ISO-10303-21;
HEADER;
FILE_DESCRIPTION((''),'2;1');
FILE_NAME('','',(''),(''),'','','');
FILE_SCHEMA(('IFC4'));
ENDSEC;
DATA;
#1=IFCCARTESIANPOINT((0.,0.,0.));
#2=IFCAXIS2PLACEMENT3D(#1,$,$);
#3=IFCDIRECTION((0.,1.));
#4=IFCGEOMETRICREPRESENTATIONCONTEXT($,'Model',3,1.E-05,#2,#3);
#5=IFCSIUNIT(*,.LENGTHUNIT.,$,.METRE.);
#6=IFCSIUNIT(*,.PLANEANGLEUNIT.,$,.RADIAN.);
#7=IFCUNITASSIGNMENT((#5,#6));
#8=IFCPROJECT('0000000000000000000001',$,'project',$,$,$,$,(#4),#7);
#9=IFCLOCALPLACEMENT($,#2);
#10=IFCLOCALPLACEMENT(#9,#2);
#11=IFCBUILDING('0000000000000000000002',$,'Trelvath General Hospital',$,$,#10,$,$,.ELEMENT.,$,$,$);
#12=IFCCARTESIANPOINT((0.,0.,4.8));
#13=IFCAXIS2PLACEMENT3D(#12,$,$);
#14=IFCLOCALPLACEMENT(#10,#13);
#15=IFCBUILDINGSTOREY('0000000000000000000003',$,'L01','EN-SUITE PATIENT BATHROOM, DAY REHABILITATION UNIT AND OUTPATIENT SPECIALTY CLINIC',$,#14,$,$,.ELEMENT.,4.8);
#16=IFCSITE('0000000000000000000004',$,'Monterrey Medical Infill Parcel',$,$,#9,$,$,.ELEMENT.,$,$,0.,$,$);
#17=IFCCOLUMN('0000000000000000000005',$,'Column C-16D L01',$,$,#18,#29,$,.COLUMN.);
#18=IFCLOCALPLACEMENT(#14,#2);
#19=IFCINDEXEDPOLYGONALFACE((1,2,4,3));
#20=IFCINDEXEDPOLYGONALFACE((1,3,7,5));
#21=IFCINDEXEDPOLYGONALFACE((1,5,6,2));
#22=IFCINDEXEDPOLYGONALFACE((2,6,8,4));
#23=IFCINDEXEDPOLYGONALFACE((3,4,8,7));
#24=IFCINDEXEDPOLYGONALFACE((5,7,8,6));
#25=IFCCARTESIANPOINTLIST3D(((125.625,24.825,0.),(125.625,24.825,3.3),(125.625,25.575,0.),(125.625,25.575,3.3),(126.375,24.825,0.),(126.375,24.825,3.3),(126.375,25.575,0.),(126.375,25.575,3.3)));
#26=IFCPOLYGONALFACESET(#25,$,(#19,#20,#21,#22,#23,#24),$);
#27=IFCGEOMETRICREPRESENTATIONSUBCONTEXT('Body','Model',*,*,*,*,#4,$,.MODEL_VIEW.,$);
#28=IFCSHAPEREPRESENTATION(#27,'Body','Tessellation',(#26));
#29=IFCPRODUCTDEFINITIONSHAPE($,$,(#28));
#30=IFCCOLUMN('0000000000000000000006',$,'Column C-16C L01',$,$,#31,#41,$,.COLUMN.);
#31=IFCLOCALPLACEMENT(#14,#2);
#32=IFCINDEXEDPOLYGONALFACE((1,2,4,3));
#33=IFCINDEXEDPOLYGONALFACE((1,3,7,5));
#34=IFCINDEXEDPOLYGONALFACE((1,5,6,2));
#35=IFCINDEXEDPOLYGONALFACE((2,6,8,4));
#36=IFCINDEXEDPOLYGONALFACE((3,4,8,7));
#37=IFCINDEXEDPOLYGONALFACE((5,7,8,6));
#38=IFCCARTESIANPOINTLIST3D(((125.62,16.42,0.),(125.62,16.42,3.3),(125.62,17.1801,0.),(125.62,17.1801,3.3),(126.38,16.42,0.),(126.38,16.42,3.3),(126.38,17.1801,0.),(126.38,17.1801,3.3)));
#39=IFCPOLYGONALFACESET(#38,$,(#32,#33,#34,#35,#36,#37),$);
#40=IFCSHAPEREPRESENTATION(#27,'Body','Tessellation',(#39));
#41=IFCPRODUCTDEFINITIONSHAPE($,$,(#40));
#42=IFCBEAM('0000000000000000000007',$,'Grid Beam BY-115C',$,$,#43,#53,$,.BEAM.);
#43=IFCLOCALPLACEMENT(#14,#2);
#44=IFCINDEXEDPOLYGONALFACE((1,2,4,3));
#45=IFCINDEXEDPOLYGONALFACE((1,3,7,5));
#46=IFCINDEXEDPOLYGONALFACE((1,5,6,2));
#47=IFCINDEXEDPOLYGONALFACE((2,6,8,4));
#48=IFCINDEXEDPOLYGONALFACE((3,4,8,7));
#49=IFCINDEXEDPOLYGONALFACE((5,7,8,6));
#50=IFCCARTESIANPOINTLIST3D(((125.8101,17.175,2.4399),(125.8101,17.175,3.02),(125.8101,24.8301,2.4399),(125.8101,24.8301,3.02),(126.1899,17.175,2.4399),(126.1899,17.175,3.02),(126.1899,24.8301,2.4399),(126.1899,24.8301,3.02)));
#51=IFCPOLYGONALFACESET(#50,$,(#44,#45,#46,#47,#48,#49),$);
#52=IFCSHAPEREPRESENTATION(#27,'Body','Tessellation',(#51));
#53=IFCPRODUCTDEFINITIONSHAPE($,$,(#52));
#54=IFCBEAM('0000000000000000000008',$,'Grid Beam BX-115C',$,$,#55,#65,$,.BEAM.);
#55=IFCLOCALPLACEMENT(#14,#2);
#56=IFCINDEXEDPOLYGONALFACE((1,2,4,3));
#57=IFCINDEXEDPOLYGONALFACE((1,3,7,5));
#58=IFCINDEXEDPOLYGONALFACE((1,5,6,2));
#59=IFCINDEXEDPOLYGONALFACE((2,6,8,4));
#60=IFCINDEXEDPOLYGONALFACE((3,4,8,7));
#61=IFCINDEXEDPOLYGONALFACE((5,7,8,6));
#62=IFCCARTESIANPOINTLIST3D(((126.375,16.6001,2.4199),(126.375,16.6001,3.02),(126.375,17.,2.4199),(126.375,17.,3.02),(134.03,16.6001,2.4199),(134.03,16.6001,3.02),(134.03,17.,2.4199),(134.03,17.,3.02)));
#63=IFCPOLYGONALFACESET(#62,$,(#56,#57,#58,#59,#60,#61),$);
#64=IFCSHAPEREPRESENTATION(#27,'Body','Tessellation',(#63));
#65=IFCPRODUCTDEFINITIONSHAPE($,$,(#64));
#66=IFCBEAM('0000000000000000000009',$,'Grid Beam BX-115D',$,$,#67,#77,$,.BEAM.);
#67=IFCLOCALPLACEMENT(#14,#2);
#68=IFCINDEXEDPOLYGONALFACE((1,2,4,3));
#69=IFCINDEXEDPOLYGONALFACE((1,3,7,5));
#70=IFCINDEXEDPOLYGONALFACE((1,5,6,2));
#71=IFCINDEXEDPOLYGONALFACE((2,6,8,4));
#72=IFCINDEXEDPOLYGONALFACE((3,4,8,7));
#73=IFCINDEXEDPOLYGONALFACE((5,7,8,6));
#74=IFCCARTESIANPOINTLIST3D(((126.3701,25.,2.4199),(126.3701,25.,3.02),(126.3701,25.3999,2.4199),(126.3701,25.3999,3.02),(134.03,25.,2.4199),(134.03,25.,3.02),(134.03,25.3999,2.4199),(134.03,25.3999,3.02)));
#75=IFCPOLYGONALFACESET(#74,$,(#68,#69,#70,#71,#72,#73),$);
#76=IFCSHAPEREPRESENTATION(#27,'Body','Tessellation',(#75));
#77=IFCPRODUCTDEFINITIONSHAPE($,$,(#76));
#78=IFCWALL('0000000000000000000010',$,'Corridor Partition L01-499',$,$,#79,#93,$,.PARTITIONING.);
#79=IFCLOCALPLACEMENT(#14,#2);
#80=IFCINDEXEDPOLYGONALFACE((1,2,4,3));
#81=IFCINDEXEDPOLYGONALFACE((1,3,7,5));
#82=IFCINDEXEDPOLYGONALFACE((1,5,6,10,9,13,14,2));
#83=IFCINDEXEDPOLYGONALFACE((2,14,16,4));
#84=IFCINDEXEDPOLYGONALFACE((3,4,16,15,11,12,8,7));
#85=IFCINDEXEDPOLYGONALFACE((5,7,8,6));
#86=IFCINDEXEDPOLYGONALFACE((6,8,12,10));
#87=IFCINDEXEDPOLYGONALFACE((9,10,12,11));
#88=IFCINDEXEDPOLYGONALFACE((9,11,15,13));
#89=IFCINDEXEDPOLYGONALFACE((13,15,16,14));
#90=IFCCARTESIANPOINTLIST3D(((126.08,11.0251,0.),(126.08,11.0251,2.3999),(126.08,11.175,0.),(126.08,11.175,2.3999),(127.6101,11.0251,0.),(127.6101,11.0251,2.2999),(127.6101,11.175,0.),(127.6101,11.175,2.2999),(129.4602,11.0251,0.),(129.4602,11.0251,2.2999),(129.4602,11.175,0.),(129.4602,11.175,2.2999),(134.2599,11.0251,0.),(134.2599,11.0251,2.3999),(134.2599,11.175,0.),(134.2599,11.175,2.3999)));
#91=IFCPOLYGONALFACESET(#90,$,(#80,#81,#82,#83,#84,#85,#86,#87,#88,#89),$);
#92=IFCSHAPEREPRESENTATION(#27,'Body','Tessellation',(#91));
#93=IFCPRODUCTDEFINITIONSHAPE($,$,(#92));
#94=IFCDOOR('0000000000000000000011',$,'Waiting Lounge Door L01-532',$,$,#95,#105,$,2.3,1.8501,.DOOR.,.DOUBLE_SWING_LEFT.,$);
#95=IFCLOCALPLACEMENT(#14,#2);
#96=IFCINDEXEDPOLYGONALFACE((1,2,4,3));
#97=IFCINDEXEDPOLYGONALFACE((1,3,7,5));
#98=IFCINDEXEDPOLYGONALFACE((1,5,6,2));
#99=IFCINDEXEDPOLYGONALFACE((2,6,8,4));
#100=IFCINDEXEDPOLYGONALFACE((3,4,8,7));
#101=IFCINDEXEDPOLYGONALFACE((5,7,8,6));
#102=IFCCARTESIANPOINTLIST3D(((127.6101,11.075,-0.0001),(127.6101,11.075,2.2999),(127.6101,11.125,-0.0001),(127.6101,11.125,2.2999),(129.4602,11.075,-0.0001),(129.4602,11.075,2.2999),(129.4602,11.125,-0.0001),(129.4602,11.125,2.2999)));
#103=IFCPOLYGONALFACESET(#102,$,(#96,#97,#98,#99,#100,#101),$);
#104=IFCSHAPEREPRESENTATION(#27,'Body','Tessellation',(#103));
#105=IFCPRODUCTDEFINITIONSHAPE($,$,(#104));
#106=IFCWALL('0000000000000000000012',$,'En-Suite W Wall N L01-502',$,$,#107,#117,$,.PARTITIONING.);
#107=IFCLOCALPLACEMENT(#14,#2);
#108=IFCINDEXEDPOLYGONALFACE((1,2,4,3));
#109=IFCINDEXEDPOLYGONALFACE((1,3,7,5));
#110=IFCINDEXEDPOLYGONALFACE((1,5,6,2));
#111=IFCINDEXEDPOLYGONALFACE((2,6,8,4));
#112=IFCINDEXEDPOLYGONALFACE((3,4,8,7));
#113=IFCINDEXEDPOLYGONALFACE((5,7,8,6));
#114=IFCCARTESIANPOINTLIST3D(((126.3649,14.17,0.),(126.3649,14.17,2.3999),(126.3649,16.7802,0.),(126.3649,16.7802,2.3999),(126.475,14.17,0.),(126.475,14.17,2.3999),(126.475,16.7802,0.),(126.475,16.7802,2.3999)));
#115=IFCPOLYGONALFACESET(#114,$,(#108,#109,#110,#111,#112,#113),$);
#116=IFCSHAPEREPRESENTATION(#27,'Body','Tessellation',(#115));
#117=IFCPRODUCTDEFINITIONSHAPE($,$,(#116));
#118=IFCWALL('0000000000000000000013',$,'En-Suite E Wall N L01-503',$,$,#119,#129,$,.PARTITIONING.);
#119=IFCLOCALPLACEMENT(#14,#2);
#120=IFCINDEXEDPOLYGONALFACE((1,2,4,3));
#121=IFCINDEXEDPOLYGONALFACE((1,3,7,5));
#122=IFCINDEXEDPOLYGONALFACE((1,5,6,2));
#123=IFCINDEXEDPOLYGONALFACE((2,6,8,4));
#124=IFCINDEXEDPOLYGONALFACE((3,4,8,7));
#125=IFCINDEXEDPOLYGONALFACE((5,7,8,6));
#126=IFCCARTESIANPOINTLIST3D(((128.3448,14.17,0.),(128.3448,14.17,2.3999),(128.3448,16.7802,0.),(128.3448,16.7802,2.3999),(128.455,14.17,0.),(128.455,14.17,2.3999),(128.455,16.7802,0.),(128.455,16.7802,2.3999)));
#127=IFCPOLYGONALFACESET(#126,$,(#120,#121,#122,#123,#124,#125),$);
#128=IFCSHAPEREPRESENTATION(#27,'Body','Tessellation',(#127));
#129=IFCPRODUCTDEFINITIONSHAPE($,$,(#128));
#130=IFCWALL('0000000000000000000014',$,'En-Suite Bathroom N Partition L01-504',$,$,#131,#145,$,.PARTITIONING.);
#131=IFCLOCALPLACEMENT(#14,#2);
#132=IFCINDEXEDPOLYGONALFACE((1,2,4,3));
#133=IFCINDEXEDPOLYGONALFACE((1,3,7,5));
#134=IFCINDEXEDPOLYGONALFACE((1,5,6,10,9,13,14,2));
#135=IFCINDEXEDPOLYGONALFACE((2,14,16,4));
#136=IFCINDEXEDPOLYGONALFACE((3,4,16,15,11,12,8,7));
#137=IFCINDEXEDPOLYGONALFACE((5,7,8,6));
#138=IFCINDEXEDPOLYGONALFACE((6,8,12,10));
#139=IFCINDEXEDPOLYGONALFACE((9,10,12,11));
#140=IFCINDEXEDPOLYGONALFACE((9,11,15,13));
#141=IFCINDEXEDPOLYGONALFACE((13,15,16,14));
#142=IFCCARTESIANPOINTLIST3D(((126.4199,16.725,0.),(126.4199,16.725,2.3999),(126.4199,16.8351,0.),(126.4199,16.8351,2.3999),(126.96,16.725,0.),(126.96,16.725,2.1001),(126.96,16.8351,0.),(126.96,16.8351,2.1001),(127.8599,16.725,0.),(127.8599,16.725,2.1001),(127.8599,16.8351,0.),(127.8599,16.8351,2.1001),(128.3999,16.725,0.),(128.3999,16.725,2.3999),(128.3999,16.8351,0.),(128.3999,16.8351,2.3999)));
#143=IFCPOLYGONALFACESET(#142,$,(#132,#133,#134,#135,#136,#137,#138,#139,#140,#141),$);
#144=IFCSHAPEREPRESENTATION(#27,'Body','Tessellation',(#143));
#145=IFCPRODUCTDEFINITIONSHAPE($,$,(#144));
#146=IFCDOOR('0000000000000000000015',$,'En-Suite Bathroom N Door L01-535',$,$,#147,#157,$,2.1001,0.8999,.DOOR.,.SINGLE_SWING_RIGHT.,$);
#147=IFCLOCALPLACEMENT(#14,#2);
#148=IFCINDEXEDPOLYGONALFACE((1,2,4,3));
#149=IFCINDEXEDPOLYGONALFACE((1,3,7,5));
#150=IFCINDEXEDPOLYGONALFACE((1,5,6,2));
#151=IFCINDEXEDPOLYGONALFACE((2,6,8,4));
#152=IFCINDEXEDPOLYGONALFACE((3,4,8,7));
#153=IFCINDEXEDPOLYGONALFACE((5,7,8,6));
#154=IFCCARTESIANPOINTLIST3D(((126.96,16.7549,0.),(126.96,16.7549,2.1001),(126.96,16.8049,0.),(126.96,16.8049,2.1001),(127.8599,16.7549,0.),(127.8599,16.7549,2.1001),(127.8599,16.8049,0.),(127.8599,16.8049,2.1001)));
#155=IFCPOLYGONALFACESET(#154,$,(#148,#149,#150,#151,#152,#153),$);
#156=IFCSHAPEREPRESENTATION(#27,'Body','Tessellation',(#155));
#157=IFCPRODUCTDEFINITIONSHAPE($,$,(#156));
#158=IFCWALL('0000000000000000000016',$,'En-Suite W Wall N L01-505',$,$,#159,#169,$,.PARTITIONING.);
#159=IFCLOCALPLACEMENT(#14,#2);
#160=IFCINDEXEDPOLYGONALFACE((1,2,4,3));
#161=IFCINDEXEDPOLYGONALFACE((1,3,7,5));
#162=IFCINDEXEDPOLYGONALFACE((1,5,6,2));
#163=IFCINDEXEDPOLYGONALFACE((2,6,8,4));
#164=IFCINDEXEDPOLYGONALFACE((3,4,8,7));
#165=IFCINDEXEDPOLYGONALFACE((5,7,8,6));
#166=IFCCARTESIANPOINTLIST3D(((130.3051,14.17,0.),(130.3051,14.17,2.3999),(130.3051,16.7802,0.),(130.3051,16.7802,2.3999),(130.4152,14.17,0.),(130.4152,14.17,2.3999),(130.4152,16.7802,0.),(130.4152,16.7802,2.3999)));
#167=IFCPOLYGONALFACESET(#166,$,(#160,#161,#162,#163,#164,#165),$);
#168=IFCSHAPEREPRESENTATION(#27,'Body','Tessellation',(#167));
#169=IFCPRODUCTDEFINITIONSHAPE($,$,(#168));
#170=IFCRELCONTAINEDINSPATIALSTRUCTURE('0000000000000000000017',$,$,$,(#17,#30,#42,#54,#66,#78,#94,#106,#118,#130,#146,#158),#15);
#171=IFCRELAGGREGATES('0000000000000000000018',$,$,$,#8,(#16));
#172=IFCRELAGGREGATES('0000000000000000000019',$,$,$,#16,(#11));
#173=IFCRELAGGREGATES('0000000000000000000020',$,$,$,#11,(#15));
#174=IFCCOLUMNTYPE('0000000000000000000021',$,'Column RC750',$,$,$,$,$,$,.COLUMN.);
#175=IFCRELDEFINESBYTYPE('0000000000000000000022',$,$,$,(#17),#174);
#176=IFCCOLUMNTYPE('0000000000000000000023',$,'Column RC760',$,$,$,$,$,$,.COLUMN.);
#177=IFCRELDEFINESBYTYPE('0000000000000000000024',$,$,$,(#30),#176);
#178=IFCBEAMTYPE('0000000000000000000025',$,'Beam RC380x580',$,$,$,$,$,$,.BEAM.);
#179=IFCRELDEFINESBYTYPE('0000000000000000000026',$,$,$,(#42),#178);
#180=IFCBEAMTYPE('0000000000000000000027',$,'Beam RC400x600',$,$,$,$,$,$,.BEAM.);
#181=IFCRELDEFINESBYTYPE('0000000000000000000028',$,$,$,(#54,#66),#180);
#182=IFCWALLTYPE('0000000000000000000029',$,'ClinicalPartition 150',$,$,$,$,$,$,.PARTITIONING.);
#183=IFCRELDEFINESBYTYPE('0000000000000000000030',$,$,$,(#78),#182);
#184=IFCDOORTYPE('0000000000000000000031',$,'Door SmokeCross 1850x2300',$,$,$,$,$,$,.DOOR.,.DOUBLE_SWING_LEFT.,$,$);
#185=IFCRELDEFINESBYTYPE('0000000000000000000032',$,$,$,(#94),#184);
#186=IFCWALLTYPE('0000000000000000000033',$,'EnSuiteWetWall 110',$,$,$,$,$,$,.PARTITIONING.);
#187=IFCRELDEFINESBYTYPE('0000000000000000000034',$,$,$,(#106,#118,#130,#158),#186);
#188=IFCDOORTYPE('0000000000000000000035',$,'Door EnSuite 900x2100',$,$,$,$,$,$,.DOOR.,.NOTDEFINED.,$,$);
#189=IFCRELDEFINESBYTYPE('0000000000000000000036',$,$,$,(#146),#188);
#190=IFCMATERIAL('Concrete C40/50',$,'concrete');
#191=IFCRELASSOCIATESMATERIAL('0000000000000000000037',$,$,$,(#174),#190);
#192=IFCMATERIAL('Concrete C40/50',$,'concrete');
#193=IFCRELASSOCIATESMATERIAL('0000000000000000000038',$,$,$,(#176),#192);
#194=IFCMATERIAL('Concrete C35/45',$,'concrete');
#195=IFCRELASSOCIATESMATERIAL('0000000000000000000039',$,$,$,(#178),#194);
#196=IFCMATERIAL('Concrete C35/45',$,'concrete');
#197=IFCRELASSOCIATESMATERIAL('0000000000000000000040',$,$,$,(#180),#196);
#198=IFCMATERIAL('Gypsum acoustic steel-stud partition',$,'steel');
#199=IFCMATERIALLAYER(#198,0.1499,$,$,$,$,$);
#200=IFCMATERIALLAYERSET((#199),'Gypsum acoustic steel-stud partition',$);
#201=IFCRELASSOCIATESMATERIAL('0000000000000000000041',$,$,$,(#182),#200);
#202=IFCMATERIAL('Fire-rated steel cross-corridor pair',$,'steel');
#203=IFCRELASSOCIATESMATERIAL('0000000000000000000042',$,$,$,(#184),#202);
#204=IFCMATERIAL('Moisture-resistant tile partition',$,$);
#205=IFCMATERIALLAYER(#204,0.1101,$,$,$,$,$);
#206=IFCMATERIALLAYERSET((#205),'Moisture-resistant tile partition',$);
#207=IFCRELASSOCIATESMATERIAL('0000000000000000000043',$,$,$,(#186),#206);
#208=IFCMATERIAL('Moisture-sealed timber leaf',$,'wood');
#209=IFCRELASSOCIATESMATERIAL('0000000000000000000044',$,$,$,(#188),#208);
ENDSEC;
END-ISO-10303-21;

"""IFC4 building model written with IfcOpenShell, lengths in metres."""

from ifc_helpers import new_model, si_unit, direction, frame, frame_2d, origin, origin_2d, place, context, subcontext, project, spatial, rectangle, extrude, material, layer, layer_set, material_profile, profile_set, type_object, element, fill, save


model = new_model("IFC4")

# Units and contexts
model_context = context("Model", 3, precision=1e-05, world=origin(), true_north=direction((0.0, 1.0)))
body_context = subcontext(model_context, "Body", "Model", "MODEL_VIEW")
ifc_project = project(units=[si_unit("LENGTHUNIT", "METRE"), si_unit("PLANEANGLEUNIT", "RADIAN")], contexts=[model_context])

# Site, building, storey
site_placement = place(None, origin())
site = spatial("IfcSite", under=ifc_project, at=site_placement, Name="Monterrey Medical Infill Parcel", CompositionType="ELEMENT", RefElevation=0.0)
building_placement = place(site_placement, origin())
building = spatial("IfcBuilding", under=site, at=building_placement, Name="Trelvath General Hospital", CompositionType="ELEMENT")
storey_placement = place(building_placement, frame((0.0, 0.0, 4.8)))
storey = spatial("IfcBuildingStorey", under=building, at=storey_placement, Name="L01", Description="EN-SUITE PATIENT BATHROOM, DAY REHABILITATION UNIT AND OUTPATIENT SPECIALTY CLINIC", CompositionType="ELEMENT", Elevation=4.8)

# Columns
ifc_material_1 = material(Name="Concrete C40/50", Category="concrete")
ifc_material_profile_1 = material_profile(ifc_material_1, rectangle(XDim=0.75, YDim=0.75, at=origin_2d()), Name="RC750x750")
ifc_profile_set_1 = profile_set([ifc_material_profile_1], Name="Concrete C40/50")
column_type_1 = type_object("IfcColumnType", Name="Column RC750", PredefinedType="COLUMN", material=ifc_profile_set_1)
column_1_placement = place(storey_placement, frame((126.0, 25.2, 0.0), z_axis=(0.0, 0.0, 1.0), x_axis=(1.0, 0.0, 0.0)))
element("IfcColumn", 1, at=column_1_placement, inside=storey, type_object=column_type_1, Name="Column C-16D L01", PredefinedType="COLUMN", context=body_context, shape_type="SweptSolid", body=[
    extrude(rectangle(XDim=0.75, YDim=0.75, at=origin_2d()), origin(), (0.0, 0.0, 1.0), 3.3),
])
ifc_material_2 = material(Name="Concrete C40/50", Category="concrete")
ifc_material_profile_2 = material_profile(ifc_material_2, rectangle(XDim=0.76, YDim=0.76, at=origin_2d()), Name="RC760x760")
ifc_profile_set_2 = profile_set([ifc_material_profile_2], Name="Concrete C40/50")
column_type_2 = type_object("IfcColumnType", Name="Column RC760", PredefinedType="COLUMN", material=ifc_profile_set_2)
column_2_placement = place(storey_placement, frame((126.0, 16.8, 0.0), z_axis=(0.0, 0.0, 1.0), x_axis=(1.0, 0.0, 0.0)))
element("IfcColumn", 2, at=column_2_placement, inside=storey, type_object=column_type_2, Name="Column C-16C L01", PredefinedType="COLUMN", context=body_context, shape_type="SweptSolid", body=[
    extrude(rectangle(XDim=0.76, YDim=0.76, at=origin_2d()), origin(), (0.0, 0.0, 1.0), 3.3),
])

# Beams
ifc_material_3 = material(Name="Concrete C35/45", Category="concrete")
ifc_material_profile_3 = material_profile(ifc_material_3, rectangle(XDim=0.3799, YDim=0.5801, at=origin_2d()), Name="RCB380x580")
ifc_profile_set_3 = profile_set([ifc_material_profile_3], Name="Concrete C35/45")
beam_type_1 = type_object("IfcBeamType", Name="Beam RC380x580", PredefinedType="BEAM", material=ifc_profile_set_3)
beam_1_placement = place(storey_placement, frame((126.0, 17.175, 2.73), z_axis=(0.0, 1.0, 0.0), x_axis=(-1.0, 0.0, 0.0)))
element("IfcBeam", 3, at=beam_1_placement, inside=storey, type_object=beam_type_1, Name="Grid Beam BY-115C", PredefinedType="BEAM", context=body_context, shape_type="SweptSolid", body=[
    extrude(rectangle(XDim=0.3799, YDim=0.5801, at=origin_2d()), origin(), (0.0, 0.0, 1.0), 7.655),
])
ifc_material_4 = material(Name="Concrete C35/45", Category="concrete")
ifc_material_profile_4 = material_profile(ifc_material_4, rectangle(XDim=0.3999, YDim=0.6001, at=origin_2d()), Name="RCB400x600")
ifc_profile_set_4 = profile_set([ifc_material_profile_4], Name="Concrete C35/45")
beam_type_2 = type_object("IfcBeamType", Name="Beam RC400x600", PredefinedType="BEAM", material=ifc_profile_set_4)
beam_2_placement = place(storey_placement, frame((126.375, 16.8, 2.72), z_axis=(1.0, 0.0, 0.0), x_axis=(0.0, 1.0, 0.0)))
element("IfcBeam", 4, at=beam_2_placement, inside=storey, type_object=beam_type_2, Name="Grid Beam BX-115C", PredefinedType="BEAM", context=body_context, shape_type="SweptSolid", body=[
    extrude(rectangle(XDim=0.3999, YDim=0.6001, at=origin_2d()), origin(), (0.0, 0.0, 1.0), 7.655),
])
beam_3_placement = place(storey_placement, frame((126.3701, 25.2, 2.72), z_axis=(1.0, 0.0, 0.0), x_axis=(0.0, 1.0, 0.0)))
element("IfcBeam", 5, at=beam_3_placement, inside=storey, type_object=beam_type_2, Name="Grid Beam BX-115D", PredefinedType="BEAM", context=body_context, shape_type="SweptSolid", body=[
    extrude(rectangle(XDim=0.3999, YDim=0.6001, at=origin_2d()), origin(), (0.0, 0.0, 1.0), 7.6599),
])

# Shared definitions
ifc_material_5 = material(Name="Gypsum acoustic steel-stud partition", Category="steel")
ifc_layer_1 = layer(ifc_material_5, 0.1499)
ifc_layer_set_1 = layer_set([ifc_layer_1], Name="Gypsum acoustic steel-stud partition")
wall_type_1 = type_object("IfcWallType", Name="ClinicalPartition 150", PredefinedType="PARTITIONING", material=ifc_layer_set_1)

# Wall, opening, door
wall_1_placement = place(storey_placement, frame((126.0801, 11.1001, 0.0), z_axis=(0.0, 0.0, 1.0), x_axis=(1.0, 0.0, 0.0)))
wall_1 = element("IfcWall", 6, at=wall_1_placement, inside=storey, type_object=wall_type_1, Name="Corridor Partition L01-499", PredefinedType="PARTITIONING", context=body_context, shape_type="SweptSolid", body=[
    extrude(rectangle(XDim=8.1799, YDim=0.1499, at=frame_2d((4.0898, 0.0))), origin(), (0.0, 0.0, 1.0), 2.3999),
])
opening_1_placement = place(wall_1_placement, frame((1.53, 0.0, 0.0)))
opening_1 = element("IfcOpeningElement", 7, at=opening_1_placement, cuts=wall_1, PredefinedType="OPENING", context=body_context, shape_type="SweptSolid", body=[
    extrude(rectangle(XDim=1.8501, YDim=2.3, at=frame_2d((0.925, 1.1499))), frame((0.0, 0.085, 0.0), z_axis=(0.0, -1.0, 0.0), x_axis=(1.0, 0.0, 0.0)), (0.0, 0.0, 1.0), 0.1699),
])
ifc_material_6 = material(Name="Fire-rated steel cross-corridor pair", Category="steel")
door_type_1 = type_object("IfcDoorType", Name="Door SmokeCross 1850x2300", OperationType="DOUBLE_SWING_LEFT", PredefinedType="DOOR", material=ifc_material_6)
door_1_placement = place(opening_1_placement, origin())
door_1 = element("IfcDoor", 8, at=door_1_placement, inside=storey, type_object=door_type_1, Name="Waiting Lounge Door L01-532", OperationType="DOUBLE_SWING_LEFT", OverallHeight=2.3, OverallWidth=1.8501, PredefinedType="DOOR", context=body_context, shape_type="SweptSolid", body=[
    extrude(rectangle(XDim=1.8501, YDim=2.3, at=frame_2d((0.925, 1.1499))), frame((0.0, 0.0249, 0.0), z_axis=(0.0, -1.0, 0.0), x_axis=(1.0, 0.0, 0.0)), (0.0, 0.0, 1.0), 0.05),
])
fill(opening_1, door_1)

# Walls
ifc_material_7 = material(Name="Moisture-resistant tile partition")
ifc_layer_2 = layer(ifc_material_7, 0.1101)
ifc_layer_set_2 = layer_set([ifc_layer_2], Name="Moisture-resistant tile partition")
wall_type_2 = type_object("IfcWallType", Name="EnSuiteWetWall 110", PredefinedType="PARTITIONING", material=ifc_layer_set_2)
for number, where, z_axis, x_axis, name in (
    (9, (126.4199, 14.1699, 0.0), (0.0, 0.0, 1.0), (0.0, 1.0, 0.0), "En-Suite W Wall N L01-502"),
    (10, (128.3999, 14.1699, 0.0), (0.0, 0.0, 1.0), (0.0, 1.0, 0.0), "En-Suite E Wall N L01-503"),
):
    element("IfcWall", number, at=place(storey_placement, frame(where, z_axis=z_axis, x_axis=x_axis)), inside=storey, type_object=wall_type_2, Name=name, PredefinedType="PARTITIONING", context=body_context, shape_type="SweptSolid", body=[
        extrude(rectangle(XDim=2.6101, YDim=0.1101, at=frame_2d((1.3052, 0.0))), origin(), (0.0, 0.0, 1.0), 2.3999),
    ])

# Wall, opening, door
wall_2_placement = place(storey_placement, frame((126.4199, 16.78, 0.0), z_axis=(0.0, 0.0, 1.0), x_axis=(1.0, 0.0, 0.0)))
wall_2 = element("IfcWall", 11, at=wall_2_placement, inside=storey, type_object=wall_type_2, Name="En-Suite Bathroom N Partition L01-504", PredefinedType="PARTITIONING", context=body_context, shape_type="SweptSolid", body=[
    extrude(rectangle(XDim=1.98, YDim=0.1101, at=frame_2d((0.99, 0.0))), origin(), (0.0, 0.0, 1.0), 2.3999),
])
opening_2_placement = place(wall_2_placement, frame((0.54, 0.0, 0.0)))
opening_2 = element("IfcOpeningElement", 12, at=opening_2_placement, cuts=wall_2, PredefinedType="OPENING", context=body_context, shape_type="SweptSolid", body=[
    extrude(rectangle(XDim=0.8999, YDim=2.1001, at=frame_2d((0.45, 1.05))), frame((0.0, 0.0649, 0.0), z_axis=(0.0, -1.0, 0.0), x_axis=(1.0, 0.0, 0.0)), (0.0, 0.0, 1.0), 0.1301),
])
ifc_material_8 = material(Name="Moisture-sealed timber leaf", Category="wood")
door_type_2 = type_object("IfcDoorType", Name="Door EnSuite 900x2100", OperationType="NOTDEFINED", PredefinedType="DOOR", material=ifc_material_8)
door_2_placement = place(opening_2_placement, origin())
door_2 = element("IfcDoor", 13, at=door_2_placement, inside=storey, type_object=door_type_2, Name="En-Suite Bathroom N Door L01-535", OperationType="SINGLE_SWING_RIGHT", OverallHeight=2.1001, OverallWidth=0.8999, PredefinedType="DOOR", context=body_context, shape_type="SweptSolid", body=[
    extrude(rectangle(XDim=0.8999, YDim=2.1001, at=frame_2d((0.45, 1.05))), frame((0.0, 0.0249, 0.0), z_axis=(0.0, -1.0, 0.0), x_axis=(1.0, 0.0, 0.0)), (0.0, 0.0, 1.0), 0.05),
])
fill(opening_2, door_2)

# Wall
for number, where, z_axis, x_axis, name in (
    (14, (130.3601, 14.1699, 0.0), (0.0, 0.0, 1.0), (0.0, 1.0, 0.0), "En-Suite W Wall N L01-505"),
):
    element("IfcWall", number, at=place(storey_placement, frame(where, z_axis=z_axis, x_axis=x_axis)), inside=storey, type_object=wall_type_2, Name=name, PredefinedType="PARTITIONING", context=body_context, shape_type="SweptSolid", body=[
        extrude(rectangle(XDim=2.6101, YDim=0.1101, at=frame_2d((1.3052, 0.0))), origin(), (0.0, 0.0, 1.0), 2.3999),
    ])

save(model, "model.ifc")
